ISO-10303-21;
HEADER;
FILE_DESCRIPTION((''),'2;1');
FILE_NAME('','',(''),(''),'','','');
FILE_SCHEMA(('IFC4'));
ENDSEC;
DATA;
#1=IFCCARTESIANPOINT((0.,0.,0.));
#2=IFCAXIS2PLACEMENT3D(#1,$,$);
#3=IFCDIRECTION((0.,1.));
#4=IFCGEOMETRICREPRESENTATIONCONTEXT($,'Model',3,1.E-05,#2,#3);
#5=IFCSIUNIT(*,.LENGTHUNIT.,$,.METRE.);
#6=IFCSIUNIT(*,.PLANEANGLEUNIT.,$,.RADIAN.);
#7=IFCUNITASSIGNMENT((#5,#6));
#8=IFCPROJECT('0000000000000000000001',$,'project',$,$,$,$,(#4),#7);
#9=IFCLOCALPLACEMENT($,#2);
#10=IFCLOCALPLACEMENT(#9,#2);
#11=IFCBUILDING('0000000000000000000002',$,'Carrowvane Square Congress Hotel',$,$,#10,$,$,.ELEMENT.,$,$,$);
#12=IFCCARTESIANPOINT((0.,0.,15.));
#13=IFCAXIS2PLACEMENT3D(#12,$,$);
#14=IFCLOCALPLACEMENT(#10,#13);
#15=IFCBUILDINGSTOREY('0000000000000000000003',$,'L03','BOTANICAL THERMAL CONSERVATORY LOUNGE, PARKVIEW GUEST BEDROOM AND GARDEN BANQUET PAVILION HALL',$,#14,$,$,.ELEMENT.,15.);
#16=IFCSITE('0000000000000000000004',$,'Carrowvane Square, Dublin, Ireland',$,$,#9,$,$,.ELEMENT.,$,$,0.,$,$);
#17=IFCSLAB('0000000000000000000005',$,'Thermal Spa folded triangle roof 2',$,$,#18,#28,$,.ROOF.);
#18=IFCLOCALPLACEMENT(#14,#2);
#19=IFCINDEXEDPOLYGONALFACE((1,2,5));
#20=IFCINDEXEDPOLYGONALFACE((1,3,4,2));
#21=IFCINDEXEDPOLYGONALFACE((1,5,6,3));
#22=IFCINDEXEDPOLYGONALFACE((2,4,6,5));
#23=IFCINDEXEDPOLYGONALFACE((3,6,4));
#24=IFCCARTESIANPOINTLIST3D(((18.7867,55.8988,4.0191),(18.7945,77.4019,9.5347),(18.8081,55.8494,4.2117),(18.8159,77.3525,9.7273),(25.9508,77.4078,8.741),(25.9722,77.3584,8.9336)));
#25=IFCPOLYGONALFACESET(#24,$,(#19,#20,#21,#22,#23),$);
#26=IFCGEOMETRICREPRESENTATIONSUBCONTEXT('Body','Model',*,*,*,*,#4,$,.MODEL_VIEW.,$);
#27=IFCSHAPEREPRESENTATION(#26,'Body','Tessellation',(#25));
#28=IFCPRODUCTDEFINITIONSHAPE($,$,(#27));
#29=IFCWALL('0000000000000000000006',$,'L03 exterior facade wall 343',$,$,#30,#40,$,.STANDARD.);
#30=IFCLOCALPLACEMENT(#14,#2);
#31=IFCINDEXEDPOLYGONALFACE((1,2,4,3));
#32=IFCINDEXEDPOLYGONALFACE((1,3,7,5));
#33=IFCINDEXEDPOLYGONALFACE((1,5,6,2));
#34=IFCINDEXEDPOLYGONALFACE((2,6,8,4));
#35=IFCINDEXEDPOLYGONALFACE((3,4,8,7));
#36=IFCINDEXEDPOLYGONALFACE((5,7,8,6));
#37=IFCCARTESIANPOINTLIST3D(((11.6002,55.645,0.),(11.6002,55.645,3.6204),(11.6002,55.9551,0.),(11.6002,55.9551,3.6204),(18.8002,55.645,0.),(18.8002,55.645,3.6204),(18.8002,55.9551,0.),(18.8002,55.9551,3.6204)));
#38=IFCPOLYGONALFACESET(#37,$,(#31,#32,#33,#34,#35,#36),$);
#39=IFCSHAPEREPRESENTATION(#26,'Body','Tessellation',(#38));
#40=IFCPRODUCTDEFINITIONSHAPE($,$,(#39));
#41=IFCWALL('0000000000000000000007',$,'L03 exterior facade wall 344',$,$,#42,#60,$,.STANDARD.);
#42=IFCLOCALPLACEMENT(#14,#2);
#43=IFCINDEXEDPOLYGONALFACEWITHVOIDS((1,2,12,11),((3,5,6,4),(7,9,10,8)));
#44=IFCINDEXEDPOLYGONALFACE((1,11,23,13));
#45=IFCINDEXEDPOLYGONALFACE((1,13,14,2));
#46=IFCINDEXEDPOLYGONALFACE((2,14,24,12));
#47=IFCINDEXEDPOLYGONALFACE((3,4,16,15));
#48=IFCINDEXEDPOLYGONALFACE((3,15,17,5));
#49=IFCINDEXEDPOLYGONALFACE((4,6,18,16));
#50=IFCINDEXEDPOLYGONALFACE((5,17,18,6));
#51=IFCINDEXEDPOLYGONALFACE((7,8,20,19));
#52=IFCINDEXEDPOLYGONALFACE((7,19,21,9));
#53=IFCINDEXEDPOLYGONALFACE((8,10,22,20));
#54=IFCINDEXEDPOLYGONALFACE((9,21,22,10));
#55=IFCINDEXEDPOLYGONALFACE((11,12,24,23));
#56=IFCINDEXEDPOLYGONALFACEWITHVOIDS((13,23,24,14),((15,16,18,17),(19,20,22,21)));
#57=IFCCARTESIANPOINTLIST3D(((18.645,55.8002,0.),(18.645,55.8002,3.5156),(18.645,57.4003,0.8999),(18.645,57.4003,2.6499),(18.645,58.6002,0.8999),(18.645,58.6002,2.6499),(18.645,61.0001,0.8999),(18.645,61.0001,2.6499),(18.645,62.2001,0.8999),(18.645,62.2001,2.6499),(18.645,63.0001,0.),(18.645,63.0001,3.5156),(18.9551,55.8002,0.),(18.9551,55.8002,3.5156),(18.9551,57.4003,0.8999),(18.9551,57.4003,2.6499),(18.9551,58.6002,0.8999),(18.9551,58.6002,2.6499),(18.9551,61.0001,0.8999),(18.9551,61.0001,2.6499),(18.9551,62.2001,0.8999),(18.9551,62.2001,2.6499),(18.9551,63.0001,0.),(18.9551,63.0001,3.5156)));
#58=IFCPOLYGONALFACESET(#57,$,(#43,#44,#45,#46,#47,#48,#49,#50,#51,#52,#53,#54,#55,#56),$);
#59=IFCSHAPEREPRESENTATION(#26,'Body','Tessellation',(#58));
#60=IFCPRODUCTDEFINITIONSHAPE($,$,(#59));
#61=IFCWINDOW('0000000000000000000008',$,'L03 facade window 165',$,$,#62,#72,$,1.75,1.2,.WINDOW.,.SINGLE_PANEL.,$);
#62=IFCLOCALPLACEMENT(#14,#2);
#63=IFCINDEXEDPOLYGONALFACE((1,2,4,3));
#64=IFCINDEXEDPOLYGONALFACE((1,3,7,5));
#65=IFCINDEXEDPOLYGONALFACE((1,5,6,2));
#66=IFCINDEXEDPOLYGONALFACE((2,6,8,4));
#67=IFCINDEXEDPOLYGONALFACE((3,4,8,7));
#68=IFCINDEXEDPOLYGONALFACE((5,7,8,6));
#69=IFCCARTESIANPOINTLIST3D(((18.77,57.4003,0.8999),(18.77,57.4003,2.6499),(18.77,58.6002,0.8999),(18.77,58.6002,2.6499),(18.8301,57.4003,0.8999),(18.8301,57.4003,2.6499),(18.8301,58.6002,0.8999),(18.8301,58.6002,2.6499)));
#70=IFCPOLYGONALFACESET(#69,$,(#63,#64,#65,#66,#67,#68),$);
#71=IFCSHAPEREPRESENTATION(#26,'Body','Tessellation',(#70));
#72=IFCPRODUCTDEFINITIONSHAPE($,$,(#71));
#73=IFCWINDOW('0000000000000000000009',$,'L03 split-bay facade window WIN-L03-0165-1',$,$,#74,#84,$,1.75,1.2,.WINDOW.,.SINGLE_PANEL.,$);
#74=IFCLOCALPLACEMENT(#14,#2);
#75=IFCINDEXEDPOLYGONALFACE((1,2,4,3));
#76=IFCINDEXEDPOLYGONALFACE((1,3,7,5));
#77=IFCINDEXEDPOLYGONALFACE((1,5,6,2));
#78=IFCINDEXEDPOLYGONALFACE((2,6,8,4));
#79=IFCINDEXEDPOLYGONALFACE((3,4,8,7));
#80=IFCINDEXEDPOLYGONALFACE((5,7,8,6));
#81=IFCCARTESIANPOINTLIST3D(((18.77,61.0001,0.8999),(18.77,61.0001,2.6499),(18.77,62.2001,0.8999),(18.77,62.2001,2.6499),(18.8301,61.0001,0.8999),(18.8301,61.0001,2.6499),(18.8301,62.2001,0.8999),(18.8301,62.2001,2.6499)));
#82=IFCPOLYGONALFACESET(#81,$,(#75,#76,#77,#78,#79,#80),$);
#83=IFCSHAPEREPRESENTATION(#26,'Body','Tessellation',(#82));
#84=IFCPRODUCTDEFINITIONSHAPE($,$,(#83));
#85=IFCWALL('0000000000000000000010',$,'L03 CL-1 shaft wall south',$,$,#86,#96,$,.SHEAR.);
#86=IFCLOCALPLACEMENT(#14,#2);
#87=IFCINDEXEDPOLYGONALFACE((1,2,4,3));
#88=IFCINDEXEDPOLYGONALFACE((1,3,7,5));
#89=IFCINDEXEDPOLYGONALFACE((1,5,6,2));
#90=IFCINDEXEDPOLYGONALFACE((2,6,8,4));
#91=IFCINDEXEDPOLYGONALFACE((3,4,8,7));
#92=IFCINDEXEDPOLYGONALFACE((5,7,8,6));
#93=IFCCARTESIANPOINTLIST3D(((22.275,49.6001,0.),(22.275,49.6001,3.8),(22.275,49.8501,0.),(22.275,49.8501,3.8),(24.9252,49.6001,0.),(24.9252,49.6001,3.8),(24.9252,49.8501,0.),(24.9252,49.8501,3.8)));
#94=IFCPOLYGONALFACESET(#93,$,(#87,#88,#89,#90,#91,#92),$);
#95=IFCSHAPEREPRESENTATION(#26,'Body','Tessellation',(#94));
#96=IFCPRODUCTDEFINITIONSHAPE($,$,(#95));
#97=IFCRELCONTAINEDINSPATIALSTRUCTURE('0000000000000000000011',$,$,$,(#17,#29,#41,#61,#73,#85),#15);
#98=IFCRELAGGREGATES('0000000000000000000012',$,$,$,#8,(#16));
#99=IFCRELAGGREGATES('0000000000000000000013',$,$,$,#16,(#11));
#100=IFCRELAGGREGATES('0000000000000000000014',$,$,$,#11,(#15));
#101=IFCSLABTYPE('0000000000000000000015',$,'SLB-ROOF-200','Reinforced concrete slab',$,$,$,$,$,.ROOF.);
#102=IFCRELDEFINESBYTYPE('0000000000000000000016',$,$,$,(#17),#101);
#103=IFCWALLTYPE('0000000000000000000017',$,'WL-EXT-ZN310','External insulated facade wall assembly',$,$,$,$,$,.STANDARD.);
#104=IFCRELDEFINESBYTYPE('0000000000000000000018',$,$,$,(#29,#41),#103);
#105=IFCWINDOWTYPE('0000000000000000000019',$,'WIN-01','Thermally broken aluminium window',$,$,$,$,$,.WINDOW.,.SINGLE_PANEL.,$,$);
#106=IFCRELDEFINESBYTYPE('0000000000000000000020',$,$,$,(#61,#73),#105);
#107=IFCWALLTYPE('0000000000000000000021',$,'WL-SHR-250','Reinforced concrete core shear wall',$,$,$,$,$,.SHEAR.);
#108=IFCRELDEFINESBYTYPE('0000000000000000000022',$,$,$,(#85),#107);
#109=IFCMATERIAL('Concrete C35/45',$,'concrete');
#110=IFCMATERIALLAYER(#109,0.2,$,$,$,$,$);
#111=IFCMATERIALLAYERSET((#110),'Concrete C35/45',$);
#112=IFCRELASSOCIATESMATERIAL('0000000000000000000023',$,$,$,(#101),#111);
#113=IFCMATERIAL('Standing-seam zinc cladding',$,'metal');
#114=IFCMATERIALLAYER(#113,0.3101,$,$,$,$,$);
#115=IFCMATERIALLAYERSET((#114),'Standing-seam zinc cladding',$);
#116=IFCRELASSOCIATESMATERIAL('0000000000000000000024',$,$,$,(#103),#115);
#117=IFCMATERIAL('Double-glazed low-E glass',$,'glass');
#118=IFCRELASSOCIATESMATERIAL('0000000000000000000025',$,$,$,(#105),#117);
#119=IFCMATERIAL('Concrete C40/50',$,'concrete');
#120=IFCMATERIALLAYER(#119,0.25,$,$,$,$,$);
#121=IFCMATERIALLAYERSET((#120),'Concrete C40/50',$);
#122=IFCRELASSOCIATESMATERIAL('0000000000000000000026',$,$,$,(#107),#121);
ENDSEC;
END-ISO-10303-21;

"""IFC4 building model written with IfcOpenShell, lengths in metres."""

from ifc_helpers import new_model, si_unit, direction, frame, frame_2d, origin, place, context, subcontext, project, spatial, polyline, rectangle, outline, extrude, material, layer, layer_set, type_object, element, fill, save


model = new_model("IFC4")

# Units and contexts
model_context = context("Model", 3, precision=1e-05, world=origin(), true_north=direction((0.0, 1.0)))
body_context = subcontext(model_context, "Body", "Model", "MODEL_VIEW")
ifc_project = project(units=[si_unit("LENGTHUNIT", "METRE"), si_unit("PLANEANGLEUNIT", "RADIAN")], contexts=[model_context])

# Site, building, storey
site_placement = place(None, origin())
site = spatial("IfcSite", under=ifc_project, at=site_placement, Name="Carrowvane Square, Dublin, Ireland", CompositionType="ELEMENT", RefElevation=0.0)
building_placement = place(site_placement, origin())
building = spatial("IfcBuilding", under=site, at=building_placement, Name="Carrowvane Square Congress Hotel", CompositionType="ELEMENT")
storey_placement = place(building_placement, frame((0.0, 0.0, 15.0)))
storey = spatial("IfcBuildingStorey", under=building, at=storey_placement, Name="L03", Description="BOTANICAL THERMAL CONSERVATORY LOUNGE, PARKVIEW GUEST BEDROOM AND GARDEN BANQUET PAVILION HALL", CompositionType="ELEMENT", Elevation=15.0)

# Slab
ifc_material_1 = material(Name="Concrete C35/45", Category="concrete")
ifc_layer_1 = layer(ifc_material_1, 0.2)
ifc_layer_set_1 = layer_set([ifc_layer_1], Name="Concrete C35/45")
slab_type = type_object("IfcSlabType", Name="SLB-ROOF-200", Description="Reinforced concrete slab", PredefinedType="ROOF", material=ifc_layer_set_1)
slab_1_placement = place(storey_placement, frame((18.8081, 55.8494, 4.2117), z_axis=(0.107017, -0.247069, 0.96307), x_axis=(0.309366, 0.928824, 0.203907)))
element("IfcSlab", 1, at=slab_1_placement, inside=storey, type_object=slab_type, Name="Thermal Spa folded triangle roof 2", PredefinedType="ROOF", context=body_context, shape_type="SweptSolid", body=[
    extrude(outline(polyline([(0.0, 0.0), (23.1573, 0.0), (21.0998, 6.8999), (0.0, 0.0)])), origin(), (0.0, 0.0, -1.0), 0.2),
])

# Wall
ifc_material_2 = material(Name="Standing-seam zinc cladding", Category="metal")
ifc_layer_2 = layer(ifc_material_2, 0.3101)
ifc_layer_set_2 = layer_set([ifc_layer_2], Name="Standing-seam zinc cladding")
wall_type_1 = type_object("IfcWallType", Name="WL-EXT-ZN310", Description="External insulated facade wall assembly", PredefinedType="STANDARD", material=ifc_layer_set_2)
wall_1_placement = place(storey_placement, frame((11.6001, 55.8, 0.0), z_axis=(0.0, 0.0, 1.0), x_axis=(1.0, 0.0, 0.0)))
element("IfcWall", 2, at=wall_1_placement, inside=storey, type_object=wall_type_1, Name="L03 exterior facade wall 343", PredefinedType="STANDARD", context=body_context, shape_type="SweptSolid", body=[
    extrude(rectangle(XDim=7.2, YDim=0.3101, at=frame_2d((3.6001, 0.0))), origin(), (0.0, 0.0, 1.0), 3.6204),
])

# Wall, openings, windows
wall_2_placement = place(storey_placement, frame((18.8, 55.8, 0.0), z_axis=(0.0, 0.0, 1.0), x_axis=(0.0, 1.0, 0.0)))
wall_2 = element("IfcWall", 3, at=wall_2_placement, inside=storey, type_object=wall_type_1, Name="L03 exterior facade wall 344", PredefinedType="STANDARD", context=body_context, shape_type="SweptSolid", body=[
    extrude(rectangle(XDim=7.2, YDim=0.3101, at=frame_2d((3.6001, 0.0))), origin(), (0.0, 0.0, 1.0), 3.5156),
])
opening_1_placement = place(wall_2_placement, frame((1.6001, 0.0, 0.8999)))
opening_1 = element("IfcOpeningElement", 4, at=opening_1_placement, cuts=wall_2, PredefinedType="OPENING", context=body_context, shape_type="SweptSolid", body=[
    extrude(rectangle(XDim=1.2, YDim=1.75, at=frame_2d((0.6001, 0.875))), frame((0.0, 0.165, 0.0), z_axis=(0.0, -1.0, 0.0), x_axis=(1.0, 0.0, 0.0)), (0.0, 0.0, 1.0), 0.3301),
])
opening_2_placement = place(wall_2_placement, frame((5.2, 0.0, 0.8999)))
opening_2 = element("IfcOpeningElement", 5, at=opening_2_placement, cuts=wall_2, PredefinedType="OPENING", context=body_context, shape_type="SweptSolid", body=[
    extrude(rectangle(XDim=1.2, YDim=1.75, at=frame_2d((0.6001, 0.875))), frame((0.0, 0.165, 0.0), z_axis=(0.0, -1.0, 0.0), x_axis=(1.0, 0.0, 0.0)), (0.0, 0.0, 1.0), 0.3301),
])
ifc_material_3 = material(Name="Double-glazed low-E glass", Category="glass")
window_type = type_object("IfcWindowType", Name="WIN-01", Description="Thermally broken aluminium window", PartitioningType="SINGLE_PANEL", PredefinedType="WINDOW", material=ifc_material_3)
window_1_placement = place(opening_1_placement, origin())
window_1 = element("IfcWindow", 6, at=window_1_placement, inside=storey, type_object=window_type, Name="L03 facade window 165", OverallHeight=1.75, OverallWidth=1.2, PartitioningType="SINGLE_PANEL", PredefinedType="WINDOW", context=body_context, shape_type="SweptSolid", body=[
    extrude(rectangle(XDim=1.2, YDim=1.75, at=frame_2d((0.6001, 0.875))), frame((0.0, 0.03, 0.0), z_axis=(0.0, -1.0, 0.0), x_axis=(1.0, 0.0, 0.0)), (0.0, 0.0, 1.0), 0.0601),
])
fill(opening_1, window_1)
window_2_placement = place(opening_2_placement, origin())
window_2 = element("IfcWindow", 7, at=window_2_placement, inside=storey, type_object=window_type, Name="L03 split-bay facade window WIN-L03-0165-1", OverallHeight=1.75, OverallWidth=1.2, PartitioningType="SINGLE_PANEL", PredefinedType="WINDOW", context=body_context, shape_type="SweptSolid", body=[
    extrude(rectangle(XDim=1.2, YDim=1.75, at=frame_2d((0.6001, 0.875))), frame((0.0, 0.03, 0.0), z_axis=(0.0, -1.0, 0.0), x_axis=(1.0, 0.0, 0.0)), (0.0, 0.0, 1.0), 0.0601),
])
fill(opening_2, window_2)

# Wall
ifc_material_4 = material(Name="Concrete C40/50", Category="concrete")
ifc_layer_3 = layer(ifc_material_4, 0.25)
ifc_layer_set_3 = layer_set([ifc_layer_3], Name="Concrete C40/50")
wall_type_2 = type_object("IfcWallType", Name="WL-SHR-250", Description="Reinforced concrete core shear wall", PredefinedType="SHEAR", material=ifc_layer_set_3)
wall_3_placement = place(storey_placement, frame((22.2749, 49.7251, 0.0), z_axis=(0.0, 0.0, 1.0), x_axis=(1.0, 0.0, 0.0)))
element("IfcWall", 8, at=wall_3_placement, inside=storey, type_object=wall_type_2, Name="L03 CL-1 shaft wall south", PredefinedType="SHEAR", context=body_context, shape_type="SweptSolid", body=[
    extrude(rectangle(XDim=2.6501, YDim=0.25, at=frame_2d((1.3252, 0.0))), origin(), (0.0, 0.0, 1.0), 3.8),
])

save(model, "model.ifc")
